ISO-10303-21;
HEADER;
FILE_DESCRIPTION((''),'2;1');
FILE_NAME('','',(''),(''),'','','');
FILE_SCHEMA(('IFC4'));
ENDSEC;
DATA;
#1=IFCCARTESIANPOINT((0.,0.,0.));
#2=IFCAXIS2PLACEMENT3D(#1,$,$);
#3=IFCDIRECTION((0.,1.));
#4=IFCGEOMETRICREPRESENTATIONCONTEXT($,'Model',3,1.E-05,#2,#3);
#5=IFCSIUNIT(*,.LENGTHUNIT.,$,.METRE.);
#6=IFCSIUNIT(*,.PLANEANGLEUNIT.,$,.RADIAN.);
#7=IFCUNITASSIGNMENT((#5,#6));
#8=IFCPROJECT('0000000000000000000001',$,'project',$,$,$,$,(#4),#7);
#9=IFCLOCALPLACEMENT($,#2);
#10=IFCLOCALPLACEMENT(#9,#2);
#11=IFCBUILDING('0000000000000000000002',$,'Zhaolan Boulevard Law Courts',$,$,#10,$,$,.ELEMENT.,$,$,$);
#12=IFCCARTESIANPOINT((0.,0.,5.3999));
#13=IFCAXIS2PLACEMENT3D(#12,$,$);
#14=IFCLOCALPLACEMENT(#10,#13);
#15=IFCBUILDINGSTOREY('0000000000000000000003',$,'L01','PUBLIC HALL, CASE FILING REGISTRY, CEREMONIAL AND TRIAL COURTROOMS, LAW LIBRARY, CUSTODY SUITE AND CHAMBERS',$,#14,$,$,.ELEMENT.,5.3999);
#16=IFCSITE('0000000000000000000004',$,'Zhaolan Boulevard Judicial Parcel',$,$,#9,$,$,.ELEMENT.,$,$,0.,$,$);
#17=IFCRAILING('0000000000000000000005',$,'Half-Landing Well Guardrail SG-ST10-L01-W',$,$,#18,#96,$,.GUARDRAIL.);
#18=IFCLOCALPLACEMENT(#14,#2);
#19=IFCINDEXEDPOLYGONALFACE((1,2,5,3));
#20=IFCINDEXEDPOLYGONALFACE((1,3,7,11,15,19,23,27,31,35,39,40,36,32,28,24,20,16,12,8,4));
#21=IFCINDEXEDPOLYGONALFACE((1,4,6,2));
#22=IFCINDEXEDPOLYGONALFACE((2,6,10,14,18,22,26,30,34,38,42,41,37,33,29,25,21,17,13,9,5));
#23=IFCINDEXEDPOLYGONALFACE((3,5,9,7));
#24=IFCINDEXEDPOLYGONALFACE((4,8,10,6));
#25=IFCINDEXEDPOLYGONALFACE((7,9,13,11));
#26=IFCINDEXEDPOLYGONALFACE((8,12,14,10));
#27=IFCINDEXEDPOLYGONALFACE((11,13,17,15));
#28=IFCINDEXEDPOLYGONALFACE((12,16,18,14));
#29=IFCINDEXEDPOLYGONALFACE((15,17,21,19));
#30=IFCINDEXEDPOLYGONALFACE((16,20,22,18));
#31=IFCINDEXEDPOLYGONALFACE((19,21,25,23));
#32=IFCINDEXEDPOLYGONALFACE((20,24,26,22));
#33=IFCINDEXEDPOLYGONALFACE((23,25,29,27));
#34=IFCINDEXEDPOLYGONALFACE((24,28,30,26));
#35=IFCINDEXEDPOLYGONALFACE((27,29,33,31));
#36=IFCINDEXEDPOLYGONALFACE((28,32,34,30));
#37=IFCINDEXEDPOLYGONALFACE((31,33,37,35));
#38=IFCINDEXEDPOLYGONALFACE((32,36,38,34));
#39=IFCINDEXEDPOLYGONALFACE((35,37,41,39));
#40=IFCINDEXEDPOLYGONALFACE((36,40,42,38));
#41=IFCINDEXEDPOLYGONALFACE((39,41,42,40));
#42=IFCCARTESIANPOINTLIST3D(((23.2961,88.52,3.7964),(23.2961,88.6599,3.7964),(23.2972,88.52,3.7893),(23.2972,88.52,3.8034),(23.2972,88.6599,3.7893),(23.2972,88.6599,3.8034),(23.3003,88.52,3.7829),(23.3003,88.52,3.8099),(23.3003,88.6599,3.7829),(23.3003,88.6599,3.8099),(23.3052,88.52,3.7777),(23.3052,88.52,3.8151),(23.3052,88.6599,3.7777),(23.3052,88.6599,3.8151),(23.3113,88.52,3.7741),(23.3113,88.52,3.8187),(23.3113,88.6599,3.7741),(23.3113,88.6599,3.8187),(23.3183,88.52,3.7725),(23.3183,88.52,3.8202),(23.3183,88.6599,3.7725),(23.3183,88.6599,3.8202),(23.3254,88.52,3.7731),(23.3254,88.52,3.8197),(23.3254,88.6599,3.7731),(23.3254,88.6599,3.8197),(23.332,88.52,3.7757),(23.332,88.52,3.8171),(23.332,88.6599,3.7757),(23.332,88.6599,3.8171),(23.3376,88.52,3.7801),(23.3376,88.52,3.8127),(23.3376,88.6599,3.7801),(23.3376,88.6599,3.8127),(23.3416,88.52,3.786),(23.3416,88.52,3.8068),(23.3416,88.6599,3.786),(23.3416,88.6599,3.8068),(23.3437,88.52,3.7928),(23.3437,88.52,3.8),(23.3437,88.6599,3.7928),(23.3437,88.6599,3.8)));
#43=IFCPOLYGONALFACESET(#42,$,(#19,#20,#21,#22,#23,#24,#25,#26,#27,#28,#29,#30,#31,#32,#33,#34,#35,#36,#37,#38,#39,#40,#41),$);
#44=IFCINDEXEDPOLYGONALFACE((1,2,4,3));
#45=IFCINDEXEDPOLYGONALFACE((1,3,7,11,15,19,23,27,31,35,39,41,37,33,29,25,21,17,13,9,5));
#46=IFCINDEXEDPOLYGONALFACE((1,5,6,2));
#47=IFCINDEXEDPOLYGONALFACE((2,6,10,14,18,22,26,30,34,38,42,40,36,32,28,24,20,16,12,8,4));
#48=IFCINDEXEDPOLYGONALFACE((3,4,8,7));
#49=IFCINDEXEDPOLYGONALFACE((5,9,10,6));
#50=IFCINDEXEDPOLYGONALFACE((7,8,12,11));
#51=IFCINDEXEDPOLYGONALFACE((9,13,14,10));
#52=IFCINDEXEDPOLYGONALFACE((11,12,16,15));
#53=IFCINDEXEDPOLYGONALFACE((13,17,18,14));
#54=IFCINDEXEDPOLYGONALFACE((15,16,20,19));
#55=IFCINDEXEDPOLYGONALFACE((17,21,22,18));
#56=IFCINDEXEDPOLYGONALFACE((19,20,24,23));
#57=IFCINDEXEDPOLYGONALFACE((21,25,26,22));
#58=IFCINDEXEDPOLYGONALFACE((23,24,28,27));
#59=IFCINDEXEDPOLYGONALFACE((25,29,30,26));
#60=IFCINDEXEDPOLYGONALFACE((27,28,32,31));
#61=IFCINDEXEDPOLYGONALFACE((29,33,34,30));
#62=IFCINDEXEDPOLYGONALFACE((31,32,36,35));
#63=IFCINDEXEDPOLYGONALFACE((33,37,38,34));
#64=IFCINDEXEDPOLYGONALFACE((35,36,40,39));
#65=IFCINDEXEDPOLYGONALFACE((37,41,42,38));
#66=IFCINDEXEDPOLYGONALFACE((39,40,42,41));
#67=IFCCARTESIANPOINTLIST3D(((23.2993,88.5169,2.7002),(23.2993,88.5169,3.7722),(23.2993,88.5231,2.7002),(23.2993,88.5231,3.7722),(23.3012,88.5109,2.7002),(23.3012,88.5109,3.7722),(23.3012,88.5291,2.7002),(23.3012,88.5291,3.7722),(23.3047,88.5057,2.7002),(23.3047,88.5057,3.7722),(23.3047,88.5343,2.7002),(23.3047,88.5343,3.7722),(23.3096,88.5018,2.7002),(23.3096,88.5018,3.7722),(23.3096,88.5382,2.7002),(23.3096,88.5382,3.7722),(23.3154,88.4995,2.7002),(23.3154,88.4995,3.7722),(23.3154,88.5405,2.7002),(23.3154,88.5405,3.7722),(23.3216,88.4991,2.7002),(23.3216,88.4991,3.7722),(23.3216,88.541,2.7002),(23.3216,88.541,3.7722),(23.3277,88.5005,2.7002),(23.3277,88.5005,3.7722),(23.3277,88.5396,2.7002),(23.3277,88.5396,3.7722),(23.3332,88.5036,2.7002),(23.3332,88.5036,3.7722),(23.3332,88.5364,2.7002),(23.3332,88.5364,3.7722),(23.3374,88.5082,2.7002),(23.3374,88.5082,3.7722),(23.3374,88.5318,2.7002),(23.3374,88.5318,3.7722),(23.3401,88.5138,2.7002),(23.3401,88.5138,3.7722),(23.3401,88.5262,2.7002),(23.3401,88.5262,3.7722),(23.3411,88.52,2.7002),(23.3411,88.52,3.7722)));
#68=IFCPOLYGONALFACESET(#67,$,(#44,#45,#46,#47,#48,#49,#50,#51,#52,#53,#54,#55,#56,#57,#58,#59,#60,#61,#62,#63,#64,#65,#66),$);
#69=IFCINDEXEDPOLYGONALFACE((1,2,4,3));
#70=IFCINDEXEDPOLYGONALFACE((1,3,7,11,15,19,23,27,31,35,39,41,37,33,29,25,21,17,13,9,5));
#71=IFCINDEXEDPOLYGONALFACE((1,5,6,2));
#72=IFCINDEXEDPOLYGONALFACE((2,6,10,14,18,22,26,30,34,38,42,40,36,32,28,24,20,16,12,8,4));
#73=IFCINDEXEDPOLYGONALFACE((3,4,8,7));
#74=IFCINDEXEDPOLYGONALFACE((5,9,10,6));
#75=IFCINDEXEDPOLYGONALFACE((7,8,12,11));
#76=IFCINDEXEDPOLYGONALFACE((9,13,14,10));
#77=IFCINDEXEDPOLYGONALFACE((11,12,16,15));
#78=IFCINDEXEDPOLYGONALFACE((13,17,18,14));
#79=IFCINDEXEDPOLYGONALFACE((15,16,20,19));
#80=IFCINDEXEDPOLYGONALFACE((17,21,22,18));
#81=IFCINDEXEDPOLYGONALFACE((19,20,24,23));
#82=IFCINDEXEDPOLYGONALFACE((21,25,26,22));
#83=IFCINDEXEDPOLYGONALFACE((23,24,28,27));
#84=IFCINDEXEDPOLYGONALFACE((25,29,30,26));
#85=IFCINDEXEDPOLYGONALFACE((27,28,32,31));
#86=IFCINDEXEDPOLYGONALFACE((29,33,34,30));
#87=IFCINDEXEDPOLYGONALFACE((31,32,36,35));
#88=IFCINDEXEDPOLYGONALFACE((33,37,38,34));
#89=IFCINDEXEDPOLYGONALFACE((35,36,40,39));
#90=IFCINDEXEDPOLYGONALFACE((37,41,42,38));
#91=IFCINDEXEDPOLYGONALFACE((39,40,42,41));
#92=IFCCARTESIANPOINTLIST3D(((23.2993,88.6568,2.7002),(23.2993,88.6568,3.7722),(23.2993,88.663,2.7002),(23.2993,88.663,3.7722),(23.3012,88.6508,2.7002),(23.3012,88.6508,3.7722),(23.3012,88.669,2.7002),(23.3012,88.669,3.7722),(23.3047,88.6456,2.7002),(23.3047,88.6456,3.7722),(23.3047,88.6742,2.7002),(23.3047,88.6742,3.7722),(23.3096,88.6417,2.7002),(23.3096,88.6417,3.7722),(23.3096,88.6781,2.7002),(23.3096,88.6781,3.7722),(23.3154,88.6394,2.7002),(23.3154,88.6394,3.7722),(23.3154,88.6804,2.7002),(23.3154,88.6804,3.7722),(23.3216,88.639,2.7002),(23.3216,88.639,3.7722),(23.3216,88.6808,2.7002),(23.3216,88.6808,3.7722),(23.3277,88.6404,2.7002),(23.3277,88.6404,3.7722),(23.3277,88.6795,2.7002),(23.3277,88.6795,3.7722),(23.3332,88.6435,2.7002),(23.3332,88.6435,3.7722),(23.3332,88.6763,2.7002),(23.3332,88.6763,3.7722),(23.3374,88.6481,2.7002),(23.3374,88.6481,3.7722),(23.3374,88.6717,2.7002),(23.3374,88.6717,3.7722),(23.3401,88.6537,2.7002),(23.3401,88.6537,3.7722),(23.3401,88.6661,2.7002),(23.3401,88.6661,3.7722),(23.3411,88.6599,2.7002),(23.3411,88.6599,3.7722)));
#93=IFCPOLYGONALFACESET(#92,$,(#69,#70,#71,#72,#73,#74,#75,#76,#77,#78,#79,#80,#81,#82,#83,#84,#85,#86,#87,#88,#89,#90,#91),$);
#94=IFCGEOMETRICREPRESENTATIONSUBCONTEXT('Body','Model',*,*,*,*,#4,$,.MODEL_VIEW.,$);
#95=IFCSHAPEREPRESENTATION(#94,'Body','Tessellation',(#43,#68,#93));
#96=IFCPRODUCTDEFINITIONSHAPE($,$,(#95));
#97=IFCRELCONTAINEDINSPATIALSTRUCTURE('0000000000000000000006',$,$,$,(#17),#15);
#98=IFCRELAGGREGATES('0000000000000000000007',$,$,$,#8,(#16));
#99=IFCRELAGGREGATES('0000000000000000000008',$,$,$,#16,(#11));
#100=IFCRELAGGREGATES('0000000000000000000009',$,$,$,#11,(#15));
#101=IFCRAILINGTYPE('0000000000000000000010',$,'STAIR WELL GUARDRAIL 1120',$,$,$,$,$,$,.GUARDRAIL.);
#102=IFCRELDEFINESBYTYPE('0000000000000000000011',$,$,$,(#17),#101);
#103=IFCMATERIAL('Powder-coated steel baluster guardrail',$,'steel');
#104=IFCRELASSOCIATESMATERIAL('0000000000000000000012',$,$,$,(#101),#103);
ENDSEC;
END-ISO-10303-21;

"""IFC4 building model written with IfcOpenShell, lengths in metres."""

from ifc_helpers import new_model, si_unit, direction, frame, origin, origin_2d, place, context, subcontext, project, spatial, circle, extrude, material, type_object, element, save


model = new_model("IFC4")

# Units and contexts
model_context = context("Model", 3, precision=1e-05, world=origin(), true_north=direction((0.0, 1.0)))
body_context = subcontext(model_context, "Body", "Model", "MODEL_VIEW")
ifc_project = project(units=[si_unit("LENGTHUNIT", "METRE"), si_unit("PLANEANGLEUNIT", "RADIAN")], contexts=[model_context])

# Site, building, storey
site_placement = place(None, origin())
site = spatial("IfcSite", under=ifc_project, at=site_placement, Name="Zhaolan Boulevard Judicial Parcel", CompositionType="ELEMENT", RefElevation=0.0)
building_placement = place(site_placement, origin())
building = spatial("IfcBuilding", under=site, at=building_placement, Name="Zhaolan Boulevard Law Courts", CompositionType="ELEMENT")
storey_placement = place(building_placement, frame((0.0, 0.0, 5.3999)))
storey = spatial("IfcBuildingStorey", under=building, at=storey_placement, Name="L01", Description="PUBLIC HALL, CASE FILING REGISTRY, CEREMONIAL AND TRIAL COURTROOMS, LAW LIBRARY, CUSTODY SUITE AND CHAMBERS", CompositionType="ELEMENT", Elevation=5.3999)

# Railing
ifc_material_1 = material(Name="Powder-coated steel baluster guardrail", Category="steel")
railing_type_1 = type_object("IfcRailingType", Name="STAIR WELL GUARDRAIL 1120", PredefinedType="GUARDRAIL", material=ifc_material_1)
railing_1_placement = place(storey_placement, frame((23.3201, 88.52, 2.7002)))
element("IfcRailing", 1, at=railing_1_placement, inside=storey, type_object=railing_type_1, Name="Half-Landing Well Guardrail SG-ST10-L01-W", PredefinedType="GUARDRAIL", context=body_context, shape_type="SweptSolid", body=[
    extrude(circle(Radius=0.0239, at=origin_2d()), frame((0.0, 0.0, 1.0962), z_axis=(0.0, 1.0, 0.0), x_axis=(-1.0, 0.0, 0.0)), (0.0, 0.0, 1.0), 0.1399),
    extrude(circle(Radius=0.021, at=origin_2d()), origin(), (0.0, 0.0, 1.0), 1.072),
    extrude(circle(Radius=0.021, at=origin_2d()), frame((0.0, 0.1399, 0.0)), (0.0, 0.0, 1.0), 1.072),
])

save(model, "model.ifc")
